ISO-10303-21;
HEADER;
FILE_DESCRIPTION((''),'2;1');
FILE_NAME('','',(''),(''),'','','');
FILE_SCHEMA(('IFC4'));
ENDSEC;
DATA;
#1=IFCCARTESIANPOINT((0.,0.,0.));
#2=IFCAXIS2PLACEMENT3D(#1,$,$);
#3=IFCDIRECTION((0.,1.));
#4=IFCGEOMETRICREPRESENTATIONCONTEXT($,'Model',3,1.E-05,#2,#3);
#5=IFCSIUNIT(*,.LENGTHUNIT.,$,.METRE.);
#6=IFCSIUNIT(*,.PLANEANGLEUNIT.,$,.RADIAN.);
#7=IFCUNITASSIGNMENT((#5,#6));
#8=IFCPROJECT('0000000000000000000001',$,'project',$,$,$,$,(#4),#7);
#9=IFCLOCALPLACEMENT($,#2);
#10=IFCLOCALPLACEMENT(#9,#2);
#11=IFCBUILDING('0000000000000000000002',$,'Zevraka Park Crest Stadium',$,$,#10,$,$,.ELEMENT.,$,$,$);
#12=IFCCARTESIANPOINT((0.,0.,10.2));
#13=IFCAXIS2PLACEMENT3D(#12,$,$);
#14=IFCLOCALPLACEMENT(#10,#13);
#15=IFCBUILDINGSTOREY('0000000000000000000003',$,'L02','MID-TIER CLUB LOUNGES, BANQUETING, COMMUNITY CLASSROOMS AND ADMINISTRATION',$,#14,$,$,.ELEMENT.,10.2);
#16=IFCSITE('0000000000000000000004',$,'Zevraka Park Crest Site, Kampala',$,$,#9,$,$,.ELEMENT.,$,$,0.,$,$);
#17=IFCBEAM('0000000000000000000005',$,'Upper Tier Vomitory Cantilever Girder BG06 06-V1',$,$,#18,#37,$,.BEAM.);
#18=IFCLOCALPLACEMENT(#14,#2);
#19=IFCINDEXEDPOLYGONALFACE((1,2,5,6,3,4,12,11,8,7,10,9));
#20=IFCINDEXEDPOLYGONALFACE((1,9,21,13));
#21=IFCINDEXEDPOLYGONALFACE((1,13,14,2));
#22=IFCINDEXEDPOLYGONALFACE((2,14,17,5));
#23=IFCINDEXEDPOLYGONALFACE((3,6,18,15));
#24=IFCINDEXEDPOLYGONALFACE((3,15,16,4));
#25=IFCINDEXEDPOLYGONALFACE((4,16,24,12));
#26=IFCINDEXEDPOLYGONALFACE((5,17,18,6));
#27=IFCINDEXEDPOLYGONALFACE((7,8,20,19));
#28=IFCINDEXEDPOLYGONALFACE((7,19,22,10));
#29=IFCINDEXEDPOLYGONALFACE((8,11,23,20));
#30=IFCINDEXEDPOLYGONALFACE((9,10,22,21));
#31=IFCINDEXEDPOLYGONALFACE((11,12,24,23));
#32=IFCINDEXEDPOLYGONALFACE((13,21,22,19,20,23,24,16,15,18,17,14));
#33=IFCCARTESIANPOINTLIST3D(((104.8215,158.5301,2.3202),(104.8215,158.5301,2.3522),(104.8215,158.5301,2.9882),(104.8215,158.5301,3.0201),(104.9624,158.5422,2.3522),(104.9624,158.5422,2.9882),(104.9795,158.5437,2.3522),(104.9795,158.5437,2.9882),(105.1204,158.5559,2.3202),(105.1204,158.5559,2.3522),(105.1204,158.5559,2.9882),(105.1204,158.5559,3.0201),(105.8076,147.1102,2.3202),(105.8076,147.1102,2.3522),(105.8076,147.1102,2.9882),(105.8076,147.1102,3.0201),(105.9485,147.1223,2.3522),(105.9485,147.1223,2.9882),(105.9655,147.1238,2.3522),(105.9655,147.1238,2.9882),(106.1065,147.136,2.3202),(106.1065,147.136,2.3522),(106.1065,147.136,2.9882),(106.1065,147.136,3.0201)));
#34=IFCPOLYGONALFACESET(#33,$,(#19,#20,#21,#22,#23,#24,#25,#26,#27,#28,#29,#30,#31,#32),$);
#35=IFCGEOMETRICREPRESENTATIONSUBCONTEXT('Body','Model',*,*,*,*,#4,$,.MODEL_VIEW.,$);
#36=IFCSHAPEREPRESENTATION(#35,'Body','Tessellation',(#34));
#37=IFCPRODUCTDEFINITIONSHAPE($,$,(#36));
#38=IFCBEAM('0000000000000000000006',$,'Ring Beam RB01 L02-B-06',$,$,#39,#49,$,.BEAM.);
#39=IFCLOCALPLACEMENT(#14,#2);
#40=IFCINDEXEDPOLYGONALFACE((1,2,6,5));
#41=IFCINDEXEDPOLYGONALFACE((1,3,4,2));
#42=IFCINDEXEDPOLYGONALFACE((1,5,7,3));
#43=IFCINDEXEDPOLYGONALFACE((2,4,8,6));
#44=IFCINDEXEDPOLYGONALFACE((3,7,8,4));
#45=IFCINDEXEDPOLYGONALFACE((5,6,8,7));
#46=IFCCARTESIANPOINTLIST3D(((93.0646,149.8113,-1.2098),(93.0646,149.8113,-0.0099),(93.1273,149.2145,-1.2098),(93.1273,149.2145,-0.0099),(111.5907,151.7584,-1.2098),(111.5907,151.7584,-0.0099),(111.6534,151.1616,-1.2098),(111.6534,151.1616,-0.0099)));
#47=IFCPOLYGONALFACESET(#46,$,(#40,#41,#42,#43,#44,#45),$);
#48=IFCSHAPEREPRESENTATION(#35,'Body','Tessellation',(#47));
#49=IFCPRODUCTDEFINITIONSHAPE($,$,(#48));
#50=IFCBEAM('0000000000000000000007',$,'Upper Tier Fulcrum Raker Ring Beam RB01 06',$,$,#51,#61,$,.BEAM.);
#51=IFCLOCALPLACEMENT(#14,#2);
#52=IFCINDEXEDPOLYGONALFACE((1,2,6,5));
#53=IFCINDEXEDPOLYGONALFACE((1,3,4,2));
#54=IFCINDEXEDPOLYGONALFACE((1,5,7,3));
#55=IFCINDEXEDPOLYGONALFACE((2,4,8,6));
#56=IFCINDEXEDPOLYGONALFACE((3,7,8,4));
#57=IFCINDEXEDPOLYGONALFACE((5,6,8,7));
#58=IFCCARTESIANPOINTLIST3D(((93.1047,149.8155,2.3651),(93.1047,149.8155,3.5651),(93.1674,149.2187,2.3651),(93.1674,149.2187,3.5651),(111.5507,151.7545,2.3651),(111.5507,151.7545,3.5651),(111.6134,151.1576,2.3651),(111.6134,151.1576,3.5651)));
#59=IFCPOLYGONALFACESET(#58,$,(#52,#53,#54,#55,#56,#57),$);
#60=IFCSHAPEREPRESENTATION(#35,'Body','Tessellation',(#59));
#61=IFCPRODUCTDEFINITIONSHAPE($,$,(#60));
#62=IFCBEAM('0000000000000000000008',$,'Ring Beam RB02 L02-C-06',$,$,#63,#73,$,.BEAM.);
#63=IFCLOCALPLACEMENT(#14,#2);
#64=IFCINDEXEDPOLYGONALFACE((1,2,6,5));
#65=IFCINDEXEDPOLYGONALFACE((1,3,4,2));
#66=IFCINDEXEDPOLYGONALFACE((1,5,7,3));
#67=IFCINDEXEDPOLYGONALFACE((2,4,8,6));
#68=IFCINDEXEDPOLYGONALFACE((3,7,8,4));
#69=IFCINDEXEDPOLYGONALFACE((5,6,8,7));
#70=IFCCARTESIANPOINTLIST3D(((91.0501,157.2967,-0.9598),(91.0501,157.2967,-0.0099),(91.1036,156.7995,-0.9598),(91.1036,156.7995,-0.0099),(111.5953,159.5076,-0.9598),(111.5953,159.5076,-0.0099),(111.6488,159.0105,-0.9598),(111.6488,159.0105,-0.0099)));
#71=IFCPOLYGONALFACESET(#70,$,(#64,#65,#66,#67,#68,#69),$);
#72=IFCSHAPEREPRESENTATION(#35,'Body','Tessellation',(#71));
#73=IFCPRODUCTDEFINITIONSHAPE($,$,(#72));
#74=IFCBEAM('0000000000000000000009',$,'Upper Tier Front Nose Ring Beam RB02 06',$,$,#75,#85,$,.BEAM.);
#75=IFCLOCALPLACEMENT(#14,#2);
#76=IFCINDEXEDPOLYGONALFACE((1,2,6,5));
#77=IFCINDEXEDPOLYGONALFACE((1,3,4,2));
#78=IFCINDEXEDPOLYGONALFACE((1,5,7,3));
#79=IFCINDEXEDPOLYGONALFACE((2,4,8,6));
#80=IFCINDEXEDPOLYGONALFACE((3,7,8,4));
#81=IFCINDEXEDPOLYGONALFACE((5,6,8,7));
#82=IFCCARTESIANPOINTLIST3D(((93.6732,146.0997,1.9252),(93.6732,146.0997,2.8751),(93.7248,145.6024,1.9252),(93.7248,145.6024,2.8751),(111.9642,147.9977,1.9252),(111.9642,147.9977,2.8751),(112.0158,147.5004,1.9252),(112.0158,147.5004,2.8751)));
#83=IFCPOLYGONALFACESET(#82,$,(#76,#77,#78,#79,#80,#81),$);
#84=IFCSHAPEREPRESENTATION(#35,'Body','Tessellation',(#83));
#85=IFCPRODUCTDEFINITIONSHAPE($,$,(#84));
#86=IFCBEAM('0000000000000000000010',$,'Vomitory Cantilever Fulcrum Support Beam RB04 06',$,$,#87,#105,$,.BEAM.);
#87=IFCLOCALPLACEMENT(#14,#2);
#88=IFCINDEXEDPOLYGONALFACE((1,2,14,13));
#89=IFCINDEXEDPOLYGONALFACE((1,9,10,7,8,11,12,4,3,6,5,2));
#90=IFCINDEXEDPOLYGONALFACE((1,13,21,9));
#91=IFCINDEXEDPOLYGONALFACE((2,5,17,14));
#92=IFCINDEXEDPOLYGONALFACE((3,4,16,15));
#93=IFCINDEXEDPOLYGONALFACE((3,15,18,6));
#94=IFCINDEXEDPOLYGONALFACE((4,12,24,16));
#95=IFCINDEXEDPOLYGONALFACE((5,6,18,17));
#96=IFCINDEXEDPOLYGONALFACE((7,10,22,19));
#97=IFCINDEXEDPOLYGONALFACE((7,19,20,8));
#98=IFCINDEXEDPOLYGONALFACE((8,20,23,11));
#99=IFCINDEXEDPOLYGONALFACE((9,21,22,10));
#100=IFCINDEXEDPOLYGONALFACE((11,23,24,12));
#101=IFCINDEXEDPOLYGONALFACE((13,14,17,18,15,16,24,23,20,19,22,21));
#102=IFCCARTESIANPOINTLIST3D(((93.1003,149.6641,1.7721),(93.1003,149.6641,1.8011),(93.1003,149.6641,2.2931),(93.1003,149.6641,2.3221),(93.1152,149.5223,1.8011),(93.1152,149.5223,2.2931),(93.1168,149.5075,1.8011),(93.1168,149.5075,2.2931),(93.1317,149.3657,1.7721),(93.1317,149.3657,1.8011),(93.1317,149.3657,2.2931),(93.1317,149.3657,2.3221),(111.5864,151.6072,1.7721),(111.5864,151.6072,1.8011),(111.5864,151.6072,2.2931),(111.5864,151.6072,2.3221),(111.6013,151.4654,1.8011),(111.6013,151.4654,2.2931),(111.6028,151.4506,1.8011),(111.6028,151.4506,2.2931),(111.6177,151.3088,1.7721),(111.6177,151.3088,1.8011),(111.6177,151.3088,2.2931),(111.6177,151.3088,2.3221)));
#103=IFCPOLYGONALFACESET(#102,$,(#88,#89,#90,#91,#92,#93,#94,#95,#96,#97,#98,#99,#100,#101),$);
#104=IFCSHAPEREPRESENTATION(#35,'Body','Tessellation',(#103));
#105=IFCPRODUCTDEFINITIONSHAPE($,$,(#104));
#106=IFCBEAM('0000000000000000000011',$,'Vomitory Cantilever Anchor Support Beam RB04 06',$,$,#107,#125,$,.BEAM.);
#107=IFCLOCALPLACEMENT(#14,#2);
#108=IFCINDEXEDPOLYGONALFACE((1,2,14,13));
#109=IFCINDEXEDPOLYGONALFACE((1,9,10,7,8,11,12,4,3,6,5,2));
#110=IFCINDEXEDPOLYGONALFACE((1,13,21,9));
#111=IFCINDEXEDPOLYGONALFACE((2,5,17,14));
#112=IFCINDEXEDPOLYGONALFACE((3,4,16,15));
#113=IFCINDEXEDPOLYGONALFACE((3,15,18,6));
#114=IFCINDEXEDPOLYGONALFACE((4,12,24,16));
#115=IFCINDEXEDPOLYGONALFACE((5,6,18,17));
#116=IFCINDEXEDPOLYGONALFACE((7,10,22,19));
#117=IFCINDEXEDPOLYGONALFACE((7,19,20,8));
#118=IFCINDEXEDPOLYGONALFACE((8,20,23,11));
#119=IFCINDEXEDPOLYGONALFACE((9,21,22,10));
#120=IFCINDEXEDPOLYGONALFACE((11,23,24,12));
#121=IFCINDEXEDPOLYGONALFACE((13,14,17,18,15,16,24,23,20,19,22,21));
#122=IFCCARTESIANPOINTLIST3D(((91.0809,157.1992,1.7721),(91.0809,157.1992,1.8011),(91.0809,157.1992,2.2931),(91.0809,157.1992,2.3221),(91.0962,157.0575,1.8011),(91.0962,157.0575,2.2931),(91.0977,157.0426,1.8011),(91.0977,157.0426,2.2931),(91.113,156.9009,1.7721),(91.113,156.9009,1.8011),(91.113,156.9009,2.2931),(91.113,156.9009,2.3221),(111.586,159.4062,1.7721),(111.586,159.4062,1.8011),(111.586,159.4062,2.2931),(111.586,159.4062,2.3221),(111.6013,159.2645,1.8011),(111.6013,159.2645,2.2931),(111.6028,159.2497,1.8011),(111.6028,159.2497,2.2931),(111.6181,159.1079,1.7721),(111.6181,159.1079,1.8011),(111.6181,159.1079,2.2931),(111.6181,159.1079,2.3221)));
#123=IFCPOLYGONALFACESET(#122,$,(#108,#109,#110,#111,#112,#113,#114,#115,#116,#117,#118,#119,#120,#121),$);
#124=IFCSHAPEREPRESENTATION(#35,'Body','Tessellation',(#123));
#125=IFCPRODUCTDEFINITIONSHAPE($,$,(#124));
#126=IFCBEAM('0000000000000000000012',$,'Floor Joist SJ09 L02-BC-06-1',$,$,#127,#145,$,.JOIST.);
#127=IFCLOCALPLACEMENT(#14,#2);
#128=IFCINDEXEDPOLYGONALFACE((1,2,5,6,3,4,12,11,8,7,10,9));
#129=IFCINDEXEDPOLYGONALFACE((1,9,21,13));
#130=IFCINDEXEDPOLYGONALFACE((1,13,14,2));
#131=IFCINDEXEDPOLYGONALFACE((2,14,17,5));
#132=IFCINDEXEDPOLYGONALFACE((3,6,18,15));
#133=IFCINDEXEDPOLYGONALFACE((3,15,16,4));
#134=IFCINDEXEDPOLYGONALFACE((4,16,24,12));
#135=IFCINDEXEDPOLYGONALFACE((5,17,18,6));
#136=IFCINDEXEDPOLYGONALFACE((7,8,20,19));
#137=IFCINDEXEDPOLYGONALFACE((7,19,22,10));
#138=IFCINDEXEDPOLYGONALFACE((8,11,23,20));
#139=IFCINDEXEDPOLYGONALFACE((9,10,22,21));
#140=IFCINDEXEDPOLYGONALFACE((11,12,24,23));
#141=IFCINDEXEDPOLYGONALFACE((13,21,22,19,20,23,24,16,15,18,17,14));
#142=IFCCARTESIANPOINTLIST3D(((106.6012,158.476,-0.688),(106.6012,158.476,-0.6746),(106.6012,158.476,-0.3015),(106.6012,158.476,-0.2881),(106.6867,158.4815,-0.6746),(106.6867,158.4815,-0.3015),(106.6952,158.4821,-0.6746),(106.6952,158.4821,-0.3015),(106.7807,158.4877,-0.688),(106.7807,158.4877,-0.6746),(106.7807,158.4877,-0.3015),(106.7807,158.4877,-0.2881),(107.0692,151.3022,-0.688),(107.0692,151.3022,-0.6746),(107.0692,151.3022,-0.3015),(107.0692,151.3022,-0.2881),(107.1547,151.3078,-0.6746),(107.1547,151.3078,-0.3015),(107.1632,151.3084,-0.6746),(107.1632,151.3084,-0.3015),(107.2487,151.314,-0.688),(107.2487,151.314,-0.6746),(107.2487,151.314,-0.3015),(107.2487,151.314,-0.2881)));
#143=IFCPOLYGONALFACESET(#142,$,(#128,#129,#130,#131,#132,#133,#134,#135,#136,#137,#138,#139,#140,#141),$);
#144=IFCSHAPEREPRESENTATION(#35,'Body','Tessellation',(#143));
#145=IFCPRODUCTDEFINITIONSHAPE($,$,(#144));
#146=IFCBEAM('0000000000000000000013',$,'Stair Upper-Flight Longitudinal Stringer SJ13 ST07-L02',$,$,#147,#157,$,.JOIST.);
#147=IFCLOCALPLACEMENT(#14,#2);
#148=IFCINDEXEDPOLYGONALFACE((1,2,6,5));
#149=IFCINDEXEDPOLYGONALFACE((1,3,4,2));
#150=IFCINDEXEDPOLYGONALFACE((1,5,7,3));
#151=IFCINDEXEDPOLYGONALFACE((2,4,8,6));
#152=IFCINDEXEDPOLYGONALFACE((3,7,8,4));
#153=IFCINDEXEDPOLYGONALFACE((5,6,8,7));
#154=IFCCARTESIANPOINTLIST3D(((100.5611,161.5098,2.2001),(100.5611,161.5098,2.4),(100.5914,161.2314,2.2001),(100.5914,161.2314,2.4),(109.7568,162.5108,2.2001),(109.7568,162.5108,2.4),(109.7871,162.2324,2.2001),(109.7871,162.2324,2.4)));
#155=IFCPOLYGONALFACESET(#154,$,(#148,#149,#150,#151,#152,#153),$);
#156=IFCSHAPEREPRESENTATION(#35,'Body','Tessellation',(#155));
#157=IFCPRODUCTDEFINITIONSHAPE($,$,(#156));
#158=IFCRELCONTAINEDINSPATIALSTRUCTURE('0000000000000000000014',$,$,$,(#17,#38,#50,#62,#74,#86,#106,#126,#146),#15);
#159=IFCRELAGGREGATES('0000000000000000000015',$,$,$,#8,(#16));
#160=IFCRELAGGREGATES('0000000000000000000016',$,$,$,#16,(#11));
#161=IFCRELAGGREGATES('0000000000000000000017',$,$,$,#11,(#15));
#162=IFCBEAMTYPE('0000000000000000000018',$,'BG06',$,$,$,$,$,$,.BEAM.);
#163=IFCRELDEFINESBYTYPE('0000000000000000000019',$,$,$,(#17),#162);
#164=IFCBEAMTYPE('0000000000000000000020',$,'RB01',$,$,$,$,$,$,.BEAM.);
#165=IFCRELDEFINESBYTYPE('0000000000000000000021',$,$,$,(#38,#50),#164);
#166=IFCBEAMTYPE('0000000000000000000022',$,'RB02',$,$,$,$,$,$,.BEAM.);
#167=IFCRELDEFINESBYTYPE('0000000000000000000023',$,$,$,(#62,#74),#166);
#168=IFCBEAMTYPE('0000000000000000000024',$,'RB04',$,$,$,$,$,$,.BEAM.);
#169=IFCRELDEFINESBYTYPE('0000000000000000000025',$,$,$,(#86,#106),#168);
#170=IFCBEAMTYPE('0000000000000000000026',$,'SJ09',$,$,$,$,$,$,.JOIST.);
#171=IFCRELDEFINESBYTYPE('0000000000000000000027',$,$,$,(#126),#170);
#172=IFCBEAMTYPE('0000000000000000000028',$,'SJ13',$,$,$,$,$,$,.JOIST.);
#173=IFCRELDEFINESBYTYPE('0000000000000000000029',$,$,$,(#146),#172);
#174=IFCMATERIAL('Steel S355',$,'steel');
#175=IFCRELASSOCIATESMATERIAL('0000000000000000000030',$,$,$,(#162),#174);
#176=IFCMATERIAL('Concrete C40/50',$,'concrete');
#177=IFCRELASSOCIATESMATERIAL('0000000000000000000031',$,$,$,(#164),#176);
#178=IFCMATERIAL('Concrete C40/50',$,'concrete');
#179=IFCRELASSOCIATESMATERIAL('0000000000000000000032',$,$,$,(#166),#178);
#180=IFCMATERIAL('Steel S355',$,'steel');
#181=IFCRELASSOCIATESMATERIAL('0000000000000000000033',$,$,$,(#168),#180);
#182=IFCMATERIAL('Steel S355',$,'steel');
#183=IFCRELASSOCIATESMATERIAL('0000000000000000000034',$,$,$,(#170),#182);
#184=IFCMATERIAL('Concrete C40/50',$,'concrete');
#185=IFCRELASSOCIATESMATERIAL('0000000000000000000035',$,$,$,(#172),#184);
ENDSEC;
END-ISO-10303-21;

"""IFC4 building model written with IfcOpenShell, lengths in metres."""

from ifc_helpers import new_model, si_unit, direction, frame, origin, origin_2d, place, context, subcontext, project, spatial, rectangle, i_section, extrude, material, material_profile, profile_set, type_object, element, save


model = new_model("IFC4")

# Units and contexts
model_context = context("Model", 3, precision=1e-05, world=origin(), true_north=direction((0.0, 1.0)))
body_context = subcontext(model_context, "Body", "Model", "MODEL_VIEW")
ifc_project = project(units=[si_unit("LENGTHUNIT", "METRE"), si_unit("PLANEANGLEUNIT", "RADIAN")], contexts=[model_context])

# Site, building, storey
site_placement = place(None, origin())
site = spatial("IfcSite", under=ifc_project, at=site_placement, Name="Zevraka Park Crest Site, Kampala", CompositionType="ELEMENT", RefElevation=0.0)
building_placement = place(site_placement, origin())
building = spatial("IfcBuilding", under=site, at=building_placement, Name="Zevraka Park Crest Stadium", CompositionType="ELEMENT")
storey_placement = place(building_placement, frame((0.0, 0.0, 10.2)))
storey = spatial("IfcBuildingStorey", under=building, at=storey_placement, Name="L02", Description="MID-TIER CLUB LOUNGES, BANQUETING, COMMUNITY CLASSROOMS AND ADMINISTRATION", CompositionType="ELEMENT", Elevation=10.2)

# Beams
ifc_material_1 = material(Name="Steel S355", Category="steel")
ifc_material_profile_1 = material_profile(ifc_material_1, i_section(OverallWidth=0.3, OverallDepth=0.7, WebThickness=0.0171, FlangeThickness=0.032, at=origin_2d()), Name="HEB 700")
ifc_profile_set_1 = profile_set([ifc_material_profile_1], Name="Steel S355")
beam_type_1 = type_object("IfcBeamType", Name="BG06", PredefinedType="BEAM", material=ifc_profile_set_1)
beam_1_placement = place(storey_placement, frame((104.9709, 158.543, 2.6702), z_axis=(0.086028, -0.996293, 0.0), x_axis=(0.996293, 0.086028, 0.0)))
element("IfcBeam", 1, at=beam_1_placement, inside=storey, type_object=beam_type_1, Name="Upper Tier Vomitory Cantilever Girder BG06 06-V1", PredefinedType="BEAM", context=body_context, shape_type="SweptSolid", body=[
    extrude(i_section(OverallWidth=0.3, OverallDepth=0.7, WebThickness=0.0171, FlangeThickness=0.032, at=origin_2d()), origin(), (0.0, 0.0, 1.0), 11.4624),
])
ifc_material_2 = material(Name="Concrete C40/50", Category="concrete")
ifc_material_profile_2 = material_profile(ifc_material_2, rectangle(XDim=0.6001, YDim=1.2, at=origin_2d()), Name="RC 1200x600")
ifc_profile_set_2 = profile_set([ifc_material_profile_2], Name="Concrete C40/50")
beam_type_2 = type_object("IfcBeamType", Name="RB01", PredefinedType="BEAM", material=ifc_profile_set_2)
beam_2_placement = place(storey_placement, frame((111.6221, 151.46, -0.6099), z_axis=(-0.994523, -0.10452, 0.0), x_axis=(0.10452, -0.994523, 0.0)))
element("IfcBeam", 2, at=beam_2_placement, inside=storey, type_object=beam_type_2, Name="Ring Beam RB01 L02-B-06", PredefinedType="BEAM", context=body_context, shape_type="SweptSolid", body=[
    extrude(rectangle(XDim=0.6001, YDim=1.2, at=origin_2d()), origin(), (0.0, 0.0, 1.0), 18.6282),
])
beam_3_placement = place(storey_placement, frame((111.582, 151.4561, 2.9651), z_axis=(-0.994521, -0.10454, 0.0), x_axis=(0.10454, -0.994521, 0.0)))
element("IfcBeam", 3, at=beam_3_placement, inside=storey, type_object=beam_type_2, Name="Upper Tier Fulcrum Raker Ring Beam RB01 06", PredefinedType="BEAM", context=body_context, shape_type="SweptSolid", body=[
    extrude(rectangle(XDim=0.6001, YDim=1.2, at=origin_2d()), origin(), (0.0, 0.0, 1.0), 18.5476),
])
ifc_material_3 = material(Name="Concrete C40/50", Category="concrete")
ifc_material_profile_3 = material_profile(ifc_material_3, rectangle(XDim=0.5, YDim=0.95, at=origin_2d()), Name="RC 950x500")
ifc_profile_set_3 = profile_set([ifc_material_profile_3], Name="Concrete C40/50")
beam_type_3 = type_object("IfcBeamType", Name="RB02", PredefinedType="BEAM", material=ifc_profile_set_3)
beam_4_placement = place(storey_placement, frame((111.6221, 159.259, -0.4849), z_axis=(-0.994259, -0.106996, 0.0), x_axis=(0.106996, -0.994259, 0.0)))
element("IfcBeam", 4, at=beam_4_placement, inside=storey, type_object=beam_type_3, Name="Ring Beam RB02 L02-C-06", PredefinedType="BEAM", context=body_context, shape_type="SweptSolid", body=[
    extrude(rectangle(XDim=0.5, YDim=0.95, at=origin_2d()), origin(), (0.0, 0.0, 1.0), 20.6638),
])
beam_5_placement = place(storey_placement, frame((111.99, 147.749, 2.4001), z_axis=(-0.99466, -0.10321, 0.0), x_axis=(0.10321, -0.99466, 0.0)))
element("IfcBeam", 5, at=beam_5_placement, inside=storey, type_object=beam_type_3, Name="Upper Tier Front Nose Ring Beam RB02 06", PredefinedType="BEAM", context=body_context, shape_type="SweptSolid", body=[
    extrude(rectangle(XDim=0.5, YDim=0.95, at=origin_2d()), origin(), (0.0, 0.0, 1.0), 18.3892),
])
ifc_material_4 = material(Name="Steel S355", Category="steel")
ifc_material_profile_4 = material_profile(ifc_material_4, i_section(OverallWidth=0.3, OverallDepth=0.55, WebThickness=0.0149, FlangeThickness=0.0291, at=origin_2d()), Name="HEB 550")
ifc_profile_set_4 = profile_set([ifc_material_profile_4], Name="Steel S355")
beam_type_4 = type_object("IfcBeamType", Name="RB04", PredefinedType="BEAM", material=ifc_profile_set_4)
beam_6_placement = place(storey_placement, frame((111.6021, 151.458, 2.0471), z_axis=(-0.994521, -0.104536, 0.0), x_axis=(0.104536, -0.994521, 0.0)))
element("IfcBeam", 6, at=beam_6_placement, inside=storey, type_object=beam_type_4, Name="Vomitory Cantilever Fulcrum Support Beam RB04 06", PredefinedType="BEAM", context=body_context, shape_type="SweptSolid", body=[
    extrude(i_section(OverallWidth=0.3, OverallDepth=0.55, WebThickness=0.0149, FlangeThickness=0.0291, at=origin_2d()), origin(), (0.0, 0.0, 1.0), 18.5879),
])
beam_7_placement = place(storey_placement, frame((111.6021, 159.2571, 2.0471), z_axis=(-0.994257, -0.107015, 0.0), x_axis=(0.107015, -0.994257, 0.0)))
element("IfcBeam", 7, at=beam_7_placement, inside=storey, type_object=beam_type_4, Name="Vomitory Cantilever Anchor Support Beam RB04 06", PredefinedType="BEAM", context=body_context, shape_type="SweptSolid", body=[
    extrude(i_section(OverallWidth=0.3, OverallDepth=0.55, WebThickness=0.0149, FlangeThickness=0.0291, at=origin_2d()), origin(), (0.0, 0.0, 1.0), 20.6235),
])
ifc_material_5 = material(Name="Steel S355", Category="steel")
ifc_material_profile_5 = material_profile(ifc_material_5, i_section(OverallWidth=0.1799, OverallDepth=0.3999, WebThickness=0.0085, FlangeThickness=0.0134, at=origin_2d()), Name="IPE 400")
ifc_profile_set_5 = profile_set([ifc_material_profile_5], Name="Steel S355")
beam_type_5 = type_object("IfcBeamType", Name="SJ09", PredefinedType="JOIST", material=ifc_profile_set_5)
beam_8_placement = place(storey_placement, frame((107.1589, 151.3081, -0.488), z_axis=(-0.065101, 0.997879, 0.0), x_axis=(-0.997879, -0.065101, 0.0)))
element("IfcBeam", 8, at=beam_8_placement, inside=storey, type_object=beam_type_5, Name="Floor Joist SJ09 L02-BC-06-1", PredefinedType="JOIST", context=body_context, shape_type="SweptSolid", body=[
    extrude(i_section(OverallWidth=0.1799, OverallDepth=0.3999, WebThickness=0.0085, FlangeThickness=0.0134, at=origin_2d()), origin(), (0.0, 0.0, 1.0), 7.189),
])
ifc_material_6 = material(Name="Concrete C40/50", Category="concrete")
ifc_material_profile_6 = material_profile(ifc_material_6, rectangle(XDim=0.28, YDim=0.2, at=origin_2d()), Name="RC 200x280")
ifc_profile_set_6 = profile_set([ifc_material_profile_6], Name="Concrete C40/50")
beam_type_6 = type_object("IfcBeamType", Name="SJ13", PredefinedType="JOIST", material=ifc_profile_set_6)
beam_9_placement = place(storey_placement, frame((109.772, 162.3716, 2.3), z_axis=(-0.994128, -0.108212, 0.0), x_axis=(0.108212, -0.994128, 0.0)))
element("IfcBeam", 9, at=beam_9_placement, inside=storey, type_object=beam_type_6, Name="Stair Upper-Flight Longitudinal Stringer SJ13 ST07-L02", PredefinedType="JOIST", context=body_context, shape_type="SweptSolid", body=[
    extrude(rectangle(XDim=0.28, YDim=0.2, at=origin_2d()), origin(), (0.0, 0.0, 1.0), 9.25),
])

save(model, "model.ifc")
